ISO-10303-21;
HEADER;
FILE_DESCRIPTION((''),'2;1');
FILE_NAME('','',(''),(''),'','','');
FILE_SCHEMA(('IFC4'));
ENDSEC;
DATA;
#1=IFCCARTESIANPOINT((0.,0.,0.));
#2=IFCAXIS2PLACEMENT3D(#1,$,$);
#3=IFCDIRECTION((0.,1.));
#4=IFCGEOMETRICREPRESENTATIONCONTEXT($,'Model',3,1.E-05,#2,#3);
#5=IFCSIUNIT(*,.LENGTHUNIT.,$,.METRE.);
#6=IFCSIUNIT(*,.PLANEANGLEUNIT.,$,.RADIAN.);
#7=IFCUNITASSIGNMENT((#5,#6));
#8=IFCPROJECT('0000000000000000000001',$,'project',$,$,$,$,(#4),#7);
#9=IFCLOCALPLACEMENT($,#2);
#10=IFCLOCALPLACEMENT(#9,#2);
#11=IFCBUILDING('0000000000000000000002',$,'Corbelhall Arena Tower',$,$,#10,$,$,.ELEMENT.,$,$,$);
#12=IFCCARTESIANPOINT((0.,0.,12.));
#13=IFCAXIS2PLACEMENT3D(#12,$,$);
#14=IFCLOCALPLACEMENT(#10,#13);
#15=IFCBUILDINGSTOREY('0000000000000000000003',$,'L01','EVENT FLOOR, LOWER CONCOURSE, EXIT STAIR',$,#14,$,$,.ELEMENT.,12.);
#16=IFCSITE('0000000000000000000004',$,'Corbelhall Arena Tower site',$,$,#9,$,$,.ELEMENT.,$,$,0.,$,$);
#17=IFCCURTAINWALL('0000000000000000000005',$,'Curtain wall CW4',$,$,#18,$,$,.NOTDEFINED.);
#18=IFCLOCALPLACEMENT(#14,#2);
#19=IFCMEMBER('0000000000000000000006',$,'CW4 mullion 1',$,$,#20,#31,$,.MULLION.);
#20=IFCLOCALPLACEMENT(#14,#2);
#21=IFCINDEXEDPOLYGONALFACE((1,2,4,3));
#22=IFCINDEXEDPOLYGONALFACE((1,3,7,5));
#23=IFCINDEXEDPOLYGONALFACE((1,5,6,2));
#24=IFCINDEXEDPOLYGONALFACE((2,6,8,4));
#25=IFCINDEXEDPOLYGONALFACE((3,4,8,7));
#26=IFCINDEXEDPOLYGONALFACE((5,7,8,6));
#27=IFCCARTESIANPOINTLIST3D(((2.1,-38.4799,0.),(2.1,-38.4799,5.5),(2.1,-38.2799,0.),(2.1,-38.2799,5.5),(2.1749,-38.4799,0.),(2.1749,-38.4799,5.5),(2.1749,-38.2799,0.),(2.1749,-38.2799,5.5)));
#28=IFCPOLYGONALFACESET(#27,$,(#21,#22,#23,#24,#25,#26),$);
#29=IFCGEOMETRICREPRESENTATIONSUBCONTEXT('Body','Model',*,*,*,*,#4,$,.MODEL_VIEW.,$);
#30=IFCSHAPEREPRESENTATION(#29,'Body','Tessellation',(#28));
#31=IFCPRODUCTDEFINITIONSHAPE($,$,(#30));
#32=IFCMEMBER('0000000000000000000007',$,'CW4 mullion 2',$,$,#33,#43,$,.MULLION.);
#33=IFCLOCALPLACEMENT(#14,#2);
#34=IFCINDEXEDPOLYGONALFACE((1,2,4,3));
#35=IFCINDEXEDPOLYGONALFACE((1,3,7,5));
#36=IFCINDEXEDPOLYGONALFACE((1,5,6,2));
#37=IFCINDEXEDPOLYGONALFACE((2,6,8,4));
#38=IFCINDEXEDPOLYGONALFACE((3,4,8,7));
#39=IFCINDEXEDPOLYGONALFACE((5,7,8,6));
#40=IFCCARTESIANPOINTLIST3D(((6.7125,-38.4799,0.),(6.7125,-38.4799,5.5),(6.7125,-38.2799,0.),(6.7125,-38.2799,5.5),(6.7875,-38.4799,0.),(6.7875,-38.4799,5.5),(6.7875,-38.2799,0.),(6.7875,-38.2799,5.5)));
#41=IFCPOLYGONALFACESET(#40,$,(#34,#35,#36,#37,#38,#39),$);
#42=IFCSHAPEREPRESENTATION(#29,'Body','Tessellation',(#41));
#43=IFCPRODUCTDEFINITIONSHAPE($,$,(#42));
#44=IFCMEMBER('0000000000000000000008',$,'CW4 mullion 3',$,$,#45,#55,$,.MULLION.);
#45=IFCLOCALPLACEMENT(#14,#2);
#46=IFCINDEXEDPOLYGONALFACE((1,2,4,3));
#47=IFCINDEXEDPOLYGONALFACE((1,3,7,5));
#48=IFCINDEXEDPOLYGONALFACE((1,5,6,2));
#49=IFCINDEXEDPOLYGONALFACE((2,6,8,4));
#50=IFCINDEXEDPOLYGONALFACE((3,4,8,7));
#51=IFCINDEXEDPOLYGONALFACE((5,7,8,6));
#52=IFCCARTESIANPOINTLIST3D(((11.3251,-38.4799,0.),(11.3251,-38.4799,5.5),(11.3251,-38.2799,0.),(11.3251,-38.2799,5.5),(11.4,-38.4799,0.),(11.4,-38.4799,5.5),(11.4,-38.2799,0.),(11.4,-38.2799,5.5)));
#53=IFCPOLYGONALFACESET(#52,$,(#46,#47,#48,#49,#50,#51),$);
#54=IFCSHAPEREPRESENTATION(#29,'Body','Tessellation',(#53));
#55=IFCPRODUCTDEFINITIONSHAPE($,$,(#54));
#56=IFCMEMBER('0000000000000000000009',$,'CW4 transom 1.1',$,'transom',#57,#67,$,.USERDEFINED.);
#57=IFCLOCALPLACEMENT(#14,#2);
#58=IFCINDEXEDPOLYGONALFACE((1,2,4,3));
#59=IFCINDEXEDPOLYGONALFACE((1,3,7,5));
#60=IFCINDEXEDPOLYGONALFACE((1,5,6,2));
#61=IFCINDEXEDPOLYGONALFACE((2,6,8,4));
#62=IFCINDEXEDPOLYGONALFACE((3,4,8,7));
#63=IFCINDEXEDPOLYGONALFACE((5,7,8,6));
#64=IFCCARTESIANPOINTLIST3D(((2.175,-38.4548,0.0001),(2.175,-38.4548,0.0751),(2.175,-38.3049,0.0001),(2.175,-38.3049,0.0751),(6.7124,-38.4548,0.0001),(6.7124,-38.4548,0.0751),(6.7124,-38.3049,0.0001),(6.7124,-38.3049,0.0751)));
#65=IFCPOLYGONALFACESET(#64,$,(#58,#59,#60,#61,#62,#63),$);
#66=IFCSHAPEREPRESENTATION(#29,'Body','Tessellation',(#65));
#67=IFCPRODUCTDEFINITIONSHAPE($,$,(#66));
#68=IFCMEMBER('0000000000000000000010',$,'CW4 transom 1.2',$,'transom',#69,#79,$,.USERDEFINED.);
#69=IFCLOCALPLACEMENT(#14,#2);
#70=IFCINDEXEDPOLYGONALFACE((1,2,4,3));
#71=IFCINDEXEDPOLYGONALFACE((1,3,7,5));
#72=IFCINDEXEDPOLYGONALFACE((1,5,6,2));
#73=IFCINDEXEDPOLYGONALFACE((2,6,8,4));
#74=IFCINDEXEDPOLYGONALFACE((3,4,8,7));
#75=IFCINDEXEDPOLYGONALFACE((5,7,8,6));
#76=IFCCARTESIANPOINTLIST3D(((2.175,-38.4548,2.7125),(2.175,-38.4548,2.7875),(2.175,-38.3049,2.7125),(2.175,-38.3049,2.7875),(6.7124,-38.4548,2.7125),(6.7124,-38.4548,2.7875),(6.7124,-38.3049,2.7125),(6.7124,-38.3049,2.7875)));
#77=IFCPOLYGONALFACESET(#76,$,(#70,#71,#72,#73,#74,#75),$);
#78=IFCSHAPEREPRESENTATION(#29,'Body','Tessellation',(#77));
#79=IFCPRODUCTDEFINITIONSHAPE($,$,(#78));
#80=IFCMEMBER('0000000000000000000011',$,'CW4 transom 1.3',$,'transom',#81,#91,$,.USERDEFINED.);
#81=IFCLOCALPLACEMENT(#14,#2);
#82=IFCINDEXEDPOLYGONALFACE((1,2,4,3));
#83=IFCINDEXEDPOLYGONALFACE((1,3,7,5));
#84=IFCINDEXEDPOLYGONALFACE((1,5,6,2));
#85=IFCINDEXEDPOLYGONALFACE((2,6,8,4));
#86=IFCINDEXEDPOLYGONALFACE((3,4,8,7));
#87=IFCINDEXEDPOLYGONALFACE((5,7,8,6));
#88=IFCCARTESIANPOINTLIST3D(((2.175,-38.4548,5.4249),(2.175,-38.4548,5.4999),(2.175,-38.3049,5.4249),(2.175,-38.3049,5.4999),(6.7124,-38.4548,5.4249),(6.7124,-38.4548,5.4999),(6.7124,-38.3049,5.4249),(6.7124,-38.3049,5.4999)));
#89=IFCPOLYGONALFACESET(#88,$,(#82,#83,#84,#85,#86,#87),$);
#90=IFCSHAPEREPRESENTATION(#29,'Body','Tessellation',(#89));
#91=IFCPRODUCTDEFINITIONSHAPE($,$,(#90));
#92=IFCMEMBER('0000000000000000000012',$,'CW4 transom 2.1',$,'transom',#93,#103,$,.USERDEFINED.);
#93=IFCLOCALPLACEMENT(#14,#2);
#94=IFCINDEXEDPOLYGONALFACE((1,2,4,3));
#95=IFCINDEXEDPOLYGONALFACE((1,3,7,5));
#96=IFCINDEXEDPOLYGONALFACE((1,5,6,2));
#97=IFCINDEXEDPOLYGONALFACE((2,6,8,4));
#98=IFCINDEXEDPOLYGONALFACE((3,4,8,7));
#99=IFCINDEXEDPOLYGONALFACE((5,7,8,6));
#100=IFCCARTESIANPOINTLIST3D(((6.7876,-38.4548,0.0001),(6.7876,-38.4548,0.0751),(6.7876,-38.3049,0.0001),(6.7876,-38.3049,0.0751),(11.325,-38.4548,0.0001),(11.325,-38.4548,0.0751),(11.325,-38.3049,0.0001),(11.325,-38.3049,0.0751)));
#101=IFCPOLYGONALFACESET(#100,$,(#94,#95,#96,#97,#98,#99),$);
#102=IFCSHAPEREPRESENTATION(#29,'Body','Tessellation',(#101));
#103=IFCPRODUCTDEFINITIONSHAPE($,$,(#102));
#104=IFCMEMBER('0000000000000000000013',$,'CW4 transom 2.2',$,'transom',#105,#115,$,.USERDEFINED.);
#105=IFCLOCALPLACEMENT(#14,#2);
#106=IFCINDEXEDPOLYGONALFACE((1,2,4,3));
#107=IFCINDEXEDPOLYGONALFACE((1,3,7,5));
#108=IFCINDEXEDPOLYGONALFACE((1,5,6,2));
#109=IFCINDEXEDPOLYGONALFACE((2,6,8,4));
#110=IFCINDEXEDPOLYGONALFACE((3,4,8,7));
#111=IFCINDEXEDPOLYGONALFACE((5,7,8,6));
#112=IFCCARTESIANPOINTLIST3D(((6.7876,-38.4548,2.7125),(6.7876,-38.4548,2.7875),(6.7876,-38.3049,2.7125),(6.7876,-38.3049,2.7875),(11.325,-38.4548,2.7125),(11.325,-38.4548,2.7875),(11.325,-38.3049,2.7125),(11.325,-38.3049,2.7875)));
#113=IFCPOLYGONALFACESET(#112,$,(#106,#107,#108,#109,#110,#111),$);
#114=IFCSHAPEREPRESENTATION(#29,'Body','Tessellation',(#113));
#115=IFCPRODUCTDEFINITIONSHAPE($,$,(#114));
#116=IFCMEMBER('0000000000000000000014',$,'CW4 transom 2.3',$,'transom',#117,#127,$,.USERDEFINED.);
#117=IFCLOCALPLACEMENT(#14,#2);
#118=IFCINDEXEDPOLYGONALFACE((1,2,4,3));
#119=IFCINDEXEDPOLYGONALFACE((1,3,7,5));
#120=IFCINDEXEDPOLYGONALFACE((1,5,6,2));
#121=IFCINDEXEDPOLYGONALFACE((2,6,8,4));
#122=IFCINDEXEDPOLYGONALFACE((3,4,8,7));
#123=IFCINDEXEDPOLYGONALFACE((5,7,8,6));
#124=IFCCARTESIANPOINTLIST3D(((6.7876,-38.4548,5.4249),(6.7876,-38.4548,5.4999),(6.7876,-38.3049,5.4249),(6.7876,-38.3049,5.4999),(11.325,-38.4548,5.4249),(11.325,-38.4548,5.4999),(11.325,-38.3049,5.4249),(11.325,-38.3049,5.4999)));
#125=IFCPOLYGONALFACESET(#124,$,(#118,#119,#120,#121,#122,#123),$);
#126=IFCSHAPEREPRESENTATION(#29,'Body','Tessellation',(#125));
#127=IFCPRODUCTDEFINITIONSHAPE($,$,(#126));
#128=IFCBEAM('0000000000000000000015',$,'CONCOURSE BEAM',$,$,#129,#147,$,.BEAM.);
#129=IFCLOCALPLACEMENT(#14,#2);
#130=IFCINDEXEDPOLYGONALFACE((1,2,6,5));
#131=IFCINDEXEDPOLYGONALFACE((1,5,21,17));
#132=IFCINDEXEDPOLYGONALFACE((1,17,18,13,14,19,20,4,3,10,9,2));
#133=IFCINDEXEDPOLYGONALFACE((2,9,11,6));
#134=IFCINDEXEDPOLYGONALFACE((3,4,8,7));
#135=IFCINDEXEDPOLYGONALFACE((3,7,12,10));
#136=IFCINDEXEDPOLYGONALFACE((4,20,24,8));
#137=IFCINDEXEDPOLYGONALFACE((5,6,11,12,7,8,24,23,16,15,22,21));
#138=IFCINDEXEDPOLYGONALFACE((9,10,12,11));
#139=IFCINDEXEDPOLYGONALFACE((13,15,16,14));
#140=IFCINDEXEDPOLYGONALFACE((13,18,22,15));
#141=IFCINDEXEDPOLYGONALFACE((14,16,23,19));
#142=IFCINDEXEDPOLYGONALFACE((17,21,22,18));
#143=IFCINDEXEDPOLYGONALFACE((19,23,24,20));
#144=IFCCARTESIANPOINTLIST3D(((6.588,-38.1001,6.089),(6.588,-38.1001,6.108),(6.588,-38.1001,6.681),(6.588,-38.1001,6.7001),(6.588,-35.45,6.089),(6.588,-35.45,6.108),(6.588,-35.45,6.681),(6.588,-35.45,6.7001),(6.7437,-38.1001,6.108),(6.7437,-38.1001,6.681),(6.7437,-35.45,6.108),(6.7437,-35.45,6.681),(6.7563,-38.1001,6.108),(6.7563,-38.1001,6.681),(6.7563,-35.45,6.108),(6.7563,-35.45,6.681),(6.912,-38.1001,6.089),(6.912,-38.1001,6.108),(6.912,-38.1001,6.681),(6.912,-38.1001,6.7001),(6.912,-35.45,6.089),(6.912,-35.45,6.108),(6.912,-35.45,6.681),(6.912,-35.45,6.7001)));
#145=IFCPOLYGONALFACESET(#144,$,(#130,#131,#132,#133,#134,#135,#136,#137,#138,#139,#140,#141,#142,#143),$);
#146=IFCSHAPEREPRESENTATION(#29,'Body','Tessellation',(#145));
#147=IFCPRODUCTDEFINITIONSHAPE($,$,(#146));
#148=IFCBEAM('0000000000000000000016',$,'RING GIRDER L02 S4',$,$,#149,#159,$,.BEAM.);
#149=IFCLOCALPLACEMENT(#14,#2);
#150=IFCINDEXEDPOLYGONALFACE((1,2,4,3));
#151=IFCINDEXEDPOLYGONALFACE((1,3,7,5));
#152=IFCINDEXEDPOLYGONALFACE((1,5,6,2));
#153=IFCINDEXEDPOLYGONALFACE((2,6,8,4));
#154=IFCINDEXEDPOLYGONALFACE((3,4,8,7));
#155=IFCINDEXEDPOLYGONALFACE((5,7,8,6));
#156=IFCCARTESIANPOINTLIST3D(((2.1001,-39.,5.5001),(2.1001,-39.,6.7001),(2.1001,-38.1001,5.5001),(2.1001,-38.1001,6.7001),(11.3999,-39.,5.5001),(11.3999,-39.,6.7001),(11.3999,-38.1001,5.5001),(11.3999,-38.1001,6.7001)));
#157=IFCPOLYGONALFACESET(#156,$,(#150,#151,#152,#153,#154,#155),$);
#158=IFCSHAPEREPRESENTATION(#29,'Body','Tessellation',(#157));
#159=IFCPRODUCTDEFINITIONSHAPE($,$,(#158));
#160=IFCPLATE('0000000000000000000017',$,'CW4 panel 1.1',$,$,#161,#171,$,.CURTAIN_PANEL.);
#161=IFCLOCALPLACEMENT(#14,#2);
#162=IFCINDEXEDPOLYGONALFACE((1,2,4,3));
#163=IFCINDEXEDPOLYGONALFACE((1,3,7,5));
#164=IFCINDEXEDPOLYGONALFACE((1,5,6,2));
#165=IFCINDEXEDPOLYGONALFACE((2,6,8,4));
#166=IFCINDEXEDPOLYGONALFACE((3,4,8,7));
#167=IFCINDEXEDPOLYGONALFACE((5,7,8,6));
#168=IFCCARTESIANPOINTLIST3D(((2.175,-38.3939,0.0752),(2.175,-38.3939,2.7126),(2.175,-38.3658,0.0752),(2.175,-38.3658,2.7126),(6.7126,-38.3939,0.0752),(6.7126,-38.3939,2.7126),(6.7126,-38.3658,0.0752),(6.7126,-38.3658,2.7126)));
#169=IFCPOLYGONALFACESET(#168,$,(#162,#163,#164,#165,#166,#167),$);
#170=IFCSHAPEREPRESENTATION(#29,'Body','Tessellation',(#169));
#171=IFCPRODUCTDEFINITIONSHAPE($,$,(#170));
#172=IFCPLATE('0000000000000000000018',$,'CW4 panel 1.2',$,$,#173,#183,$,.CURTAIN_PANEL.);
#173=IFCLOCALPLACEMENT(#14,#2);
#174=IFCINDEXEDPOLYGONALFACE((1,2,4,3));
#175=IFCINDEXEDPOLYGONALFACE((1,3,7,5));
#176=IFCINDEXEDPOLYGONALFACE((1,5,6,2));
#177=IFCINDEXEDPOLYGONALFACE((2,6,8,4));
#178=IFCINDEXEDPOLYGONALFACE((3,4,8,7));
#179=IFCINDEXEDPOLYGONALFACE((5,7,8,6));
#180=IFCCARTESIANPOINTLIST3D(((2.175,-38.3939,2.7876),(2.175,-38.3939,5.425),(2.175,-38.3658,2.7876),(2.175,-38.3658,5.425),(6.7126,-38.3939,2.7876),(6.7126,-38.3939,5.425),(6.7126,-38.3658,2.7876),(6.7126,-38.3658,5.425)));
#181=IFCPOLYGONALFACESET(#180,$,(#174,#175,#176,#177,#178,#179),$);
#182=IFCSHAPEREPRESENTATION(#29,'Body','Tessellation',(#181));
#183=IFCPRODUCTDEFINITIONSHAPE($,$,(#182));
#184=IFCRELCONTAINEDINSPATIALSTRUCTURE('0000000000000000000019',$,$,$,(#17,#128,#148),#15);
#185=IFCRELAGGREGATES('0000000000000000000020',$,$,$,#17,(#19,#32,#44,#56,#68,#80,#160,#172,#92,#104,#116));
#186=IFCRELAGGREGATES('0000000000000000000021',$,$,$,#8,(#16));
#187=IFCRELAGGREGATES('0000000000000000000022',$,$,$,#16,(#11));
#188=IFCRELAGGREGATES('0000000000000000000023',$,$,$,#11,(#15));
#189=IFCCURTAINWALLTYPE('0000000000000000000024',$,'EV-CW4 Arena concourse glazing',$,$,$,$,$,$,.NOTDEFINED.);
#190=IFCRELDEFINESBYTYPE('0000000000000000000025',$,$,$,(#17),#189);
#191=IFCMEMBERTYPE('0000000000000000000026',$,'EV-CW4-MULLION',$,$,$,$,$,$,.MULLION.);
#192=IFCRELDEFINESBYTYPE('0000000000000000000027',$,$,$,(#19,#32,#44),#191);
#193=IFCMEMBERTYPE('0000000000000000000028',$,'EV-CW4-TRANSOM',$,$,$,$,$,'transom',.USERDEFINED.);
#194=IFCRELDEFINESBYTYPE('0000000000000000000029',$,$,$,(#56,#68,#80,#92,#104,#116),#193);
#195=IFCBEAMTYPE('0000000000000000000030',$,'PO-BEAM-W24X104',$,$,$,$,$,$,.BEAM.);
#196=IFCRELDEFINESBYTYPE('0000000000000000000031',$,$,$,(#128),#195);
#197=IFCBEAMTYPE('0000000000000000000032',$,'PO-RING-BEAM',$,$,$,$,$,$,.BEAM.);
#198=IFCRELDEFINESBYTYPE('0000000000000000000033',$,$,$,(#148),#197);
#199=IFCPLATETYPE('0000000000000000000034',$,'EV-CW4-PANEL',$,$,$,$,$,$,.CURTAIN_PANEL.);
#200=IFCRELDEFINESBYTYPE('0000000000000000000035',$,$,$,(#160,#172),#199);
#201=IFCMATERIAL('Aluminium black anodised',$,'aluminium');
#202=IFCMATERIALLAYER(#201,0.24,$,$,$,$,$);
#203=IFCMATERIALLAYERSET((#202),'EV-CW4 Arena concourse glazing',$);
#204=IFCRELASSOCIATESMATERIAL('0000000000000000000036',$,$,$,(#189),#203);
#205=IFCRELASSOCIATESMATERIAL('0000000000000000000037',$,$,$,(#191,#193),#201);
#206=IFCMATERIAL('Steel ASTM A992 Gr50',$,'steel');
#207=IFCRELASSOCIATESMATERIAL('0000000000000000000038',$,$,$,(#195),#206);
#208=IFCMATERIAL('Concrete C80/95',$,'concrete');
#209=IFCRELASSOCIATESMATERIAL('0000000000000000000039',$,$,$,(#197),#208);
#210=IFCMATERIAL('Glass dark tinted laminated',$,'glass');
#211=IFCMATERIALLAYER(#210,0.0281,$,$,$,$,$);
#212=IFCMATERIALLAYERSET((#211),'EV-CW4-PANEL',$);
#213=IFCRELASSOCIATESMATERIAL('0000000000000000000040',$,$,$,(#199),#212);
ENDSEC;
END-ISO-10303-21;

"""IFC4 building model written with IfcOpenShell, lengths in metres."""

from ifc_helpers import new_model, si_unit, direction, frame, origin, origin_2d, place, context, subcontext, project, spatial, rectangle, i_section, extrude, material, layer, layer_set, material_profile, profile_set, type_object, element, aggregate, save


model = new_model("IFC4")

# Units and contexts
model_context = context("Model", 3, precision=1e-05, world=origin(), true_north=direction((0.0, 1.0)))
body_context = subcontext(model_context, "Body", "Model", "MODEL_VIEW")
ifc_project = project(units=[si_unit("LENGTHUNIT", "METRE"), si_unit("PLANEANGLEUNIT", "RADIAN")], contexts=[model_context])

# Site, building, storey
site_placement = place(None, origin())
site = spatial("IfcSite", under=ifc_project, at=site_placement, Name="Corbelhall Arena Tower site", CompositionType="ELEMENT", RefElevation=0.0)
building_placement = place(site_placement, origin())
building = spatial("IfcBuilding", under=site, at=building_placement, Name="Corbelhall Arena Tower", CompositionType="ELEMENT")
storey_placement = place(building_placement, frame((0.0, 0.0, 12.0)))
storey = spatial("IfcBuildingStorey", under=building, at=storey_placement, Name="L01", Description="EVENT FLOOR, LOWER CONCOURSE, EXIT STAIR", CompositionType="ELEMENT", Elevation=12.0)

# Curtain wall, members
ifc_material_1 = material(Name="Aluminium black anodised", Category="aluminium")
ifc_layer_1 = layer(ifc_material_1, 0.24)
ifc_layer_set_1 = layer_set([ifc_layer_1], Name="EV-CW4 Arena concourse glazing")
curtain_wall_type = type_object("IfcCurtainWallType", Name="EV-CW4 Arena concourse glazing", PredefinedType="NOTDEFINED", material=ifc_layer_set_1)
curtain_wall_placement = place(storey_placement, origin())
curtain_wall = element("IfcCurtainWall", 1, at=curtain_wall_placement, inside=storey, type_object=curtain_wall_type, Name="Curtain wall CW4", PredefinedType="NOTDEFINED")
ifc_material_profile_1 = material_profile(ifc_material_1, rectangle(XDim=0.2, YDim=0.075, at=origin_2d()))
ifc_profile_set_1 = profile_set([ifc_material_profile_1], Name="Aluminium black anodised")
member_type_1 = type_object("IfcMemberType", Name="EV-CW4-MULLION", PredefinedType="MULLION", material=ifc_profile_set_1)
member_1_placement = place(storey_placement, frame((2.1375, -38.3799, 0.0), z_axis=(0.0, 0.0, 1.0), x_axis=(0.0, 1.0, 0.0)))
member_1 = element("IfcMember", 2, at=member_1_placement, type_object=member_type_1, Name="CW4 mullion 1", PredefinedType="MULLION", context=body_context, shape_type="SweptSolid", body=[
    extrude(rectangle(XDim=0.2, YDim=0.075, at=origin_2d()), origin(), (0.0, 0.0, 1.0), 5.5),
])
member_2_placement = place(storey_placement, frame((6.75, -38.3799, 0.0), z_axis=(0.0, 0.0, 1.0), x_axis=(0.0, 1.0, 0.0)))
member_2 = element("IfcMember", 3, at=member_2_placement, type_object=member_type_1, Name="CW4 mullion 2", PredefinedType="MULLION", context=body_context, shape_type="SweptSolid", body=[
    extrude(rectangle(XDim=0.2, YDim=0.075, at=origin_2d()), origin(), (0.0, 0.0, 1.0), 5.5),
])
member_3_placement = place(storey_placement, frame((11.3625, -38.3799, 0.0), z_axis=(0.0, 0.0, 1.0), x_axis=(0.0, 1.0, 0.0)))
member_3 = element("IfcMember", 4, at=member_3_placement, type_object=member_type_1, Name="CW4 mullion 3", PredefinedType="MULLION", context=body_context, shape_type="SweptSolid", body=[
    extrude(rectangle(XDim=0.2, YDim=0.075, at=origin_2d()), origin(), (0.0, 0.0, 1.0), 5.5),
])
ifc_material_profile_2 = material_profile(ifc_material_1, rectangle(XDim=0.1499, YDim=0.075, at=origin_2d()))
ifc_profile_set_2 = profile_set([ifc_material_profile_2], Name="Aluminium black anodised")
member_type_2 = type_object("IfcMemberType", Name="EV-CW4-TRANSOM", ElementType="transom", PredefinedType="USERDEFINED", material=ifc_profile_set_2)
member_4_placement = place(storey_placement, frame((2.175, -38.3799, 0.0376), z_axis=(1.0, 0.0, 0.0), x_axis=(0.0, 1.0, 0.0)))
member_4 = element("IfcMember", 5, at=member_4_placement, type_object=member_type_2, Name="CW4 transom 1.1", ObjectType="transom", PredefinedType="USERDEFINED", context=body_context, shape_type="SweptSolid", body=[
    extrude(rectangle(XDim=0.1499, YDim=0.075, at=origin_2d()), origin(), (0.0, 0.0, 1.0), 4.5374),
])
member_5_placement = place(storey_placement, frame((2.175, -38.3799, 2.75), z_axis=(1.0, 0.0, 0.0), x_axis=(0.0, 1.0, 0.0)))
member_5 = element("IfcMember", 6, at=member_5_placement, type_object=member_type_2, Name="CW4 transom 1.2", ObjectType="transom", PredefinedType="USERDEFINED", context=body_context, shape_type="SweptSolid", body=[
    extrude(rectangle(XDim=0.1499, YDim=0.075, at=origin_2d()), origin(), (0.0, 0.0, 1.0), 4.5374),
])
member_6_placement = place(storey_placement, frame((2.175, -38.3799, 5.4624), z_axis=(1.0, 0.0, 0.0), x_axis=(0.0, 1.0, 0.0)))
member_6 = element("IfcMember", 7, at=member_6_placement, type_object=member_type_2, Name="CW4 transom 1.3", ObjectType="transom", PredefinedType="USERDEFINED", context=body_context, shape_type="SweptSolid", body=[
    extrude(rectangle(XDim=0.1499, YDim=0.075, at=origin_2d()), origin(), (0.0, 0.0, 1.0), 4.5374),
])
member_7_placement = place(storey_placement, frame((6.7876, -38.3799, 0.0376), z_axis=(1.0, 0.0, 0.0), x_axis=(0.0, 1.0, 0.0)))
member_7 = element("IfcMember", 8, at=member_7_placement, type_object=member_type_2, Name="CW4 transom 2.1", ObjectType="transom", PredefinedType="USERDEFINED", context=body_context, shape_type="SweptSolid", body=[
    extrude(rectangle(XDim=0.1499, YDim=0.075, at=origin_2d()), origin(), (0.0, 0.0, 1.0), 4.5374),
])
member_8_placement = place(storey_placement, frame((6.7876, -38.3799, 2.75), z_axis=(1.0, 0.0, 0.0), x_axis=(0.0, 1.0, 0.0)))
member_8 = element("IfcMember", 9, at=member_8_placement, type_object=member_type_2, Name="CW4 transom 2.2", ObjectType="transom", PredefinedType="USERDEFINED", context=body_context, shape_type="SweptSolid", body=[
    extrude(rectangle(XDim=0.1499, YDim=0.075, at=origin_2d()), origin(), (0.0, 0.0, 1.0), 4.5374),
])
member_9_placement = place(storey_placement, frame((6.7876, -38.3799, 5.4624), z_axis=(1.0, 0.0, 0.0), x_axis=(0.0, 1.0, 0.0)))
member_9 = element("IfcMember", 10, at=member_9_placement, type_object=member_type_2, Name="CW4 transom 2.3", ObjectType="transom", PredefinedType="USERDEFINED", context=body_context, shape_type="SweptSolid", body=[
    extrude(rectangle(XDim=0.1499, YDim=0.075, at=origin_2d()), origin(), (0.0, 0.0, 1.0), 4.5374),
])

# Beams
ifc_material_2 = material(Name="Steel ASTM A992 Gr50", Category="steel")
ifc_material_profile_3 = material_profile(ifc_material_2, i_section(OverallWidth=0.324, OverallDepth=0.6111, WebThickness=0.0127, FlangeThickness=0.019, at=origin_2d()))
ifc_profile_set_3 = profile_set([ifc_material_profile_3], Name="Steel ASTM A992 Gr50")
beam_type_1 = type_object("IfcBeamType", Name="PO-BEAM-W24X104", PredefinedType="BEAM", material=ifc_profile_set_3)
beam_1_placement = place(storey_placement, frame((6.75, -35.45, 6.3945), z_axis=(0.0, -1.0, 0.0), x_axis=(1.0, 0.0, 0.0)))
element("IfcBeam", 11, at=beam_1_placement, inside=storey, type_object=beam_type_1, Name="CONCOURSE BEAM", PredefinedType="BEAM", context=body_context, shape_type="SweptSolid", body=[
    extrude(i_section(OverallWidth=0.324, OverallDepth=0.6111, WebThickness=0.0127, FlangeThickness=0.019, at=origin_2d()), origin(), (0.0, 0.0, 1.0), 2.6501),
])
ifc_material_3 = material(Name="Concrete C80/95", Category="concrete")
ifc_material_profile_4 = material_profile(ifc_material_3, rectangle(XDim=0.8999, YDim=1.2, at=origin_2d()))
ifc_profile_set_4 = profile_set([ifc_material_profile_4], Name="Concrete C80/95")
beam_type_2 = type_object("IfcBeamType", Name="PO-RING-BEAM", PredefinedType="BEAM", material=ifc_profile_set_4)
beam_2_placement = place(storey_placement, frame((2.1001, -38.55, 6.1001), z_axis=(1.0, 0.0, 0.0), x_axis=(0.0, 1.0, 0.0)))
element("IfcBeam", 12, at=beam_2_placement, inside=storey, type_object=beam_type_2, Name="RING GIRDER L02 S4", PredefinedType="BEAM", context=body_context, shape_type="SweptSolid", body=[
    extrude(rectangle(XDim=0.8999, YDim=1.2, at=origin_2d()), origin(), (0.0, 0.0, 1.0), 9.2998),
])

# Plates
ifc_material_4 = material(Name="Glass dark tinted laminated", Category="glass")
ifc_layer_2 = layer(ifc_material_4, 0.0281)
ifc_layer_set_2 = layer_set([ifc_layer_2], Name="EV-CW4-PANEL")
plate_type = type_object("IfcPlateType", Name="EV-CW4-PANEL", PredefinedType="CURTAIN_PANEL", material=ifc_layer_set_2)
plate_1_placement = place(storey_placement, frame((4.4438, -38.3799, 0.0752), z_axis=(0.0, 0.0, 1.0), x_axis=(1.0, 0.0, 0.0)))
plate_1 = element("IfcPlate", 13, at=plate_1_placement, type_object=plate_type, Name="CW4 panel 1.1", PredefinedType="CURTAIN_PANEL", context=body_context, shape_type="SweptSolid", body=[
    extrude(rectangle(XDim=4.5376, YDim=0.0281, at=origin_2d()), origin(), (0.0, 0.0, 1.0), 2.6375),
])
plate_2_placement = place(storey_placement, frame((4.4438, -38.3799, 2.7876), z_axis=(0.0, 0.0, 1.0), x_axis=(1.0, 0.0, 0.0)))
plate_2 = element("IfcPlate", 14, at=plate_2_placement, type_object=plate_type, Name="CW4 panel 1.2", PredefinedType="CURTAIN_PANEL", context=body_context, shape_type="SweptSolid", body=[
    extrude(rectangle(XDim=4.5376, YDim=0.0281, at=origin_2d()), origin(), (0.0, 0.0, 1.0), 2.6375),
])
aggregate(curtain_wall, [member_1, member_2, member_3, member_4, member_5, member_6, plate_1, plate_2, member_7, member_8, member_9])

save(model, "model.ifc")
